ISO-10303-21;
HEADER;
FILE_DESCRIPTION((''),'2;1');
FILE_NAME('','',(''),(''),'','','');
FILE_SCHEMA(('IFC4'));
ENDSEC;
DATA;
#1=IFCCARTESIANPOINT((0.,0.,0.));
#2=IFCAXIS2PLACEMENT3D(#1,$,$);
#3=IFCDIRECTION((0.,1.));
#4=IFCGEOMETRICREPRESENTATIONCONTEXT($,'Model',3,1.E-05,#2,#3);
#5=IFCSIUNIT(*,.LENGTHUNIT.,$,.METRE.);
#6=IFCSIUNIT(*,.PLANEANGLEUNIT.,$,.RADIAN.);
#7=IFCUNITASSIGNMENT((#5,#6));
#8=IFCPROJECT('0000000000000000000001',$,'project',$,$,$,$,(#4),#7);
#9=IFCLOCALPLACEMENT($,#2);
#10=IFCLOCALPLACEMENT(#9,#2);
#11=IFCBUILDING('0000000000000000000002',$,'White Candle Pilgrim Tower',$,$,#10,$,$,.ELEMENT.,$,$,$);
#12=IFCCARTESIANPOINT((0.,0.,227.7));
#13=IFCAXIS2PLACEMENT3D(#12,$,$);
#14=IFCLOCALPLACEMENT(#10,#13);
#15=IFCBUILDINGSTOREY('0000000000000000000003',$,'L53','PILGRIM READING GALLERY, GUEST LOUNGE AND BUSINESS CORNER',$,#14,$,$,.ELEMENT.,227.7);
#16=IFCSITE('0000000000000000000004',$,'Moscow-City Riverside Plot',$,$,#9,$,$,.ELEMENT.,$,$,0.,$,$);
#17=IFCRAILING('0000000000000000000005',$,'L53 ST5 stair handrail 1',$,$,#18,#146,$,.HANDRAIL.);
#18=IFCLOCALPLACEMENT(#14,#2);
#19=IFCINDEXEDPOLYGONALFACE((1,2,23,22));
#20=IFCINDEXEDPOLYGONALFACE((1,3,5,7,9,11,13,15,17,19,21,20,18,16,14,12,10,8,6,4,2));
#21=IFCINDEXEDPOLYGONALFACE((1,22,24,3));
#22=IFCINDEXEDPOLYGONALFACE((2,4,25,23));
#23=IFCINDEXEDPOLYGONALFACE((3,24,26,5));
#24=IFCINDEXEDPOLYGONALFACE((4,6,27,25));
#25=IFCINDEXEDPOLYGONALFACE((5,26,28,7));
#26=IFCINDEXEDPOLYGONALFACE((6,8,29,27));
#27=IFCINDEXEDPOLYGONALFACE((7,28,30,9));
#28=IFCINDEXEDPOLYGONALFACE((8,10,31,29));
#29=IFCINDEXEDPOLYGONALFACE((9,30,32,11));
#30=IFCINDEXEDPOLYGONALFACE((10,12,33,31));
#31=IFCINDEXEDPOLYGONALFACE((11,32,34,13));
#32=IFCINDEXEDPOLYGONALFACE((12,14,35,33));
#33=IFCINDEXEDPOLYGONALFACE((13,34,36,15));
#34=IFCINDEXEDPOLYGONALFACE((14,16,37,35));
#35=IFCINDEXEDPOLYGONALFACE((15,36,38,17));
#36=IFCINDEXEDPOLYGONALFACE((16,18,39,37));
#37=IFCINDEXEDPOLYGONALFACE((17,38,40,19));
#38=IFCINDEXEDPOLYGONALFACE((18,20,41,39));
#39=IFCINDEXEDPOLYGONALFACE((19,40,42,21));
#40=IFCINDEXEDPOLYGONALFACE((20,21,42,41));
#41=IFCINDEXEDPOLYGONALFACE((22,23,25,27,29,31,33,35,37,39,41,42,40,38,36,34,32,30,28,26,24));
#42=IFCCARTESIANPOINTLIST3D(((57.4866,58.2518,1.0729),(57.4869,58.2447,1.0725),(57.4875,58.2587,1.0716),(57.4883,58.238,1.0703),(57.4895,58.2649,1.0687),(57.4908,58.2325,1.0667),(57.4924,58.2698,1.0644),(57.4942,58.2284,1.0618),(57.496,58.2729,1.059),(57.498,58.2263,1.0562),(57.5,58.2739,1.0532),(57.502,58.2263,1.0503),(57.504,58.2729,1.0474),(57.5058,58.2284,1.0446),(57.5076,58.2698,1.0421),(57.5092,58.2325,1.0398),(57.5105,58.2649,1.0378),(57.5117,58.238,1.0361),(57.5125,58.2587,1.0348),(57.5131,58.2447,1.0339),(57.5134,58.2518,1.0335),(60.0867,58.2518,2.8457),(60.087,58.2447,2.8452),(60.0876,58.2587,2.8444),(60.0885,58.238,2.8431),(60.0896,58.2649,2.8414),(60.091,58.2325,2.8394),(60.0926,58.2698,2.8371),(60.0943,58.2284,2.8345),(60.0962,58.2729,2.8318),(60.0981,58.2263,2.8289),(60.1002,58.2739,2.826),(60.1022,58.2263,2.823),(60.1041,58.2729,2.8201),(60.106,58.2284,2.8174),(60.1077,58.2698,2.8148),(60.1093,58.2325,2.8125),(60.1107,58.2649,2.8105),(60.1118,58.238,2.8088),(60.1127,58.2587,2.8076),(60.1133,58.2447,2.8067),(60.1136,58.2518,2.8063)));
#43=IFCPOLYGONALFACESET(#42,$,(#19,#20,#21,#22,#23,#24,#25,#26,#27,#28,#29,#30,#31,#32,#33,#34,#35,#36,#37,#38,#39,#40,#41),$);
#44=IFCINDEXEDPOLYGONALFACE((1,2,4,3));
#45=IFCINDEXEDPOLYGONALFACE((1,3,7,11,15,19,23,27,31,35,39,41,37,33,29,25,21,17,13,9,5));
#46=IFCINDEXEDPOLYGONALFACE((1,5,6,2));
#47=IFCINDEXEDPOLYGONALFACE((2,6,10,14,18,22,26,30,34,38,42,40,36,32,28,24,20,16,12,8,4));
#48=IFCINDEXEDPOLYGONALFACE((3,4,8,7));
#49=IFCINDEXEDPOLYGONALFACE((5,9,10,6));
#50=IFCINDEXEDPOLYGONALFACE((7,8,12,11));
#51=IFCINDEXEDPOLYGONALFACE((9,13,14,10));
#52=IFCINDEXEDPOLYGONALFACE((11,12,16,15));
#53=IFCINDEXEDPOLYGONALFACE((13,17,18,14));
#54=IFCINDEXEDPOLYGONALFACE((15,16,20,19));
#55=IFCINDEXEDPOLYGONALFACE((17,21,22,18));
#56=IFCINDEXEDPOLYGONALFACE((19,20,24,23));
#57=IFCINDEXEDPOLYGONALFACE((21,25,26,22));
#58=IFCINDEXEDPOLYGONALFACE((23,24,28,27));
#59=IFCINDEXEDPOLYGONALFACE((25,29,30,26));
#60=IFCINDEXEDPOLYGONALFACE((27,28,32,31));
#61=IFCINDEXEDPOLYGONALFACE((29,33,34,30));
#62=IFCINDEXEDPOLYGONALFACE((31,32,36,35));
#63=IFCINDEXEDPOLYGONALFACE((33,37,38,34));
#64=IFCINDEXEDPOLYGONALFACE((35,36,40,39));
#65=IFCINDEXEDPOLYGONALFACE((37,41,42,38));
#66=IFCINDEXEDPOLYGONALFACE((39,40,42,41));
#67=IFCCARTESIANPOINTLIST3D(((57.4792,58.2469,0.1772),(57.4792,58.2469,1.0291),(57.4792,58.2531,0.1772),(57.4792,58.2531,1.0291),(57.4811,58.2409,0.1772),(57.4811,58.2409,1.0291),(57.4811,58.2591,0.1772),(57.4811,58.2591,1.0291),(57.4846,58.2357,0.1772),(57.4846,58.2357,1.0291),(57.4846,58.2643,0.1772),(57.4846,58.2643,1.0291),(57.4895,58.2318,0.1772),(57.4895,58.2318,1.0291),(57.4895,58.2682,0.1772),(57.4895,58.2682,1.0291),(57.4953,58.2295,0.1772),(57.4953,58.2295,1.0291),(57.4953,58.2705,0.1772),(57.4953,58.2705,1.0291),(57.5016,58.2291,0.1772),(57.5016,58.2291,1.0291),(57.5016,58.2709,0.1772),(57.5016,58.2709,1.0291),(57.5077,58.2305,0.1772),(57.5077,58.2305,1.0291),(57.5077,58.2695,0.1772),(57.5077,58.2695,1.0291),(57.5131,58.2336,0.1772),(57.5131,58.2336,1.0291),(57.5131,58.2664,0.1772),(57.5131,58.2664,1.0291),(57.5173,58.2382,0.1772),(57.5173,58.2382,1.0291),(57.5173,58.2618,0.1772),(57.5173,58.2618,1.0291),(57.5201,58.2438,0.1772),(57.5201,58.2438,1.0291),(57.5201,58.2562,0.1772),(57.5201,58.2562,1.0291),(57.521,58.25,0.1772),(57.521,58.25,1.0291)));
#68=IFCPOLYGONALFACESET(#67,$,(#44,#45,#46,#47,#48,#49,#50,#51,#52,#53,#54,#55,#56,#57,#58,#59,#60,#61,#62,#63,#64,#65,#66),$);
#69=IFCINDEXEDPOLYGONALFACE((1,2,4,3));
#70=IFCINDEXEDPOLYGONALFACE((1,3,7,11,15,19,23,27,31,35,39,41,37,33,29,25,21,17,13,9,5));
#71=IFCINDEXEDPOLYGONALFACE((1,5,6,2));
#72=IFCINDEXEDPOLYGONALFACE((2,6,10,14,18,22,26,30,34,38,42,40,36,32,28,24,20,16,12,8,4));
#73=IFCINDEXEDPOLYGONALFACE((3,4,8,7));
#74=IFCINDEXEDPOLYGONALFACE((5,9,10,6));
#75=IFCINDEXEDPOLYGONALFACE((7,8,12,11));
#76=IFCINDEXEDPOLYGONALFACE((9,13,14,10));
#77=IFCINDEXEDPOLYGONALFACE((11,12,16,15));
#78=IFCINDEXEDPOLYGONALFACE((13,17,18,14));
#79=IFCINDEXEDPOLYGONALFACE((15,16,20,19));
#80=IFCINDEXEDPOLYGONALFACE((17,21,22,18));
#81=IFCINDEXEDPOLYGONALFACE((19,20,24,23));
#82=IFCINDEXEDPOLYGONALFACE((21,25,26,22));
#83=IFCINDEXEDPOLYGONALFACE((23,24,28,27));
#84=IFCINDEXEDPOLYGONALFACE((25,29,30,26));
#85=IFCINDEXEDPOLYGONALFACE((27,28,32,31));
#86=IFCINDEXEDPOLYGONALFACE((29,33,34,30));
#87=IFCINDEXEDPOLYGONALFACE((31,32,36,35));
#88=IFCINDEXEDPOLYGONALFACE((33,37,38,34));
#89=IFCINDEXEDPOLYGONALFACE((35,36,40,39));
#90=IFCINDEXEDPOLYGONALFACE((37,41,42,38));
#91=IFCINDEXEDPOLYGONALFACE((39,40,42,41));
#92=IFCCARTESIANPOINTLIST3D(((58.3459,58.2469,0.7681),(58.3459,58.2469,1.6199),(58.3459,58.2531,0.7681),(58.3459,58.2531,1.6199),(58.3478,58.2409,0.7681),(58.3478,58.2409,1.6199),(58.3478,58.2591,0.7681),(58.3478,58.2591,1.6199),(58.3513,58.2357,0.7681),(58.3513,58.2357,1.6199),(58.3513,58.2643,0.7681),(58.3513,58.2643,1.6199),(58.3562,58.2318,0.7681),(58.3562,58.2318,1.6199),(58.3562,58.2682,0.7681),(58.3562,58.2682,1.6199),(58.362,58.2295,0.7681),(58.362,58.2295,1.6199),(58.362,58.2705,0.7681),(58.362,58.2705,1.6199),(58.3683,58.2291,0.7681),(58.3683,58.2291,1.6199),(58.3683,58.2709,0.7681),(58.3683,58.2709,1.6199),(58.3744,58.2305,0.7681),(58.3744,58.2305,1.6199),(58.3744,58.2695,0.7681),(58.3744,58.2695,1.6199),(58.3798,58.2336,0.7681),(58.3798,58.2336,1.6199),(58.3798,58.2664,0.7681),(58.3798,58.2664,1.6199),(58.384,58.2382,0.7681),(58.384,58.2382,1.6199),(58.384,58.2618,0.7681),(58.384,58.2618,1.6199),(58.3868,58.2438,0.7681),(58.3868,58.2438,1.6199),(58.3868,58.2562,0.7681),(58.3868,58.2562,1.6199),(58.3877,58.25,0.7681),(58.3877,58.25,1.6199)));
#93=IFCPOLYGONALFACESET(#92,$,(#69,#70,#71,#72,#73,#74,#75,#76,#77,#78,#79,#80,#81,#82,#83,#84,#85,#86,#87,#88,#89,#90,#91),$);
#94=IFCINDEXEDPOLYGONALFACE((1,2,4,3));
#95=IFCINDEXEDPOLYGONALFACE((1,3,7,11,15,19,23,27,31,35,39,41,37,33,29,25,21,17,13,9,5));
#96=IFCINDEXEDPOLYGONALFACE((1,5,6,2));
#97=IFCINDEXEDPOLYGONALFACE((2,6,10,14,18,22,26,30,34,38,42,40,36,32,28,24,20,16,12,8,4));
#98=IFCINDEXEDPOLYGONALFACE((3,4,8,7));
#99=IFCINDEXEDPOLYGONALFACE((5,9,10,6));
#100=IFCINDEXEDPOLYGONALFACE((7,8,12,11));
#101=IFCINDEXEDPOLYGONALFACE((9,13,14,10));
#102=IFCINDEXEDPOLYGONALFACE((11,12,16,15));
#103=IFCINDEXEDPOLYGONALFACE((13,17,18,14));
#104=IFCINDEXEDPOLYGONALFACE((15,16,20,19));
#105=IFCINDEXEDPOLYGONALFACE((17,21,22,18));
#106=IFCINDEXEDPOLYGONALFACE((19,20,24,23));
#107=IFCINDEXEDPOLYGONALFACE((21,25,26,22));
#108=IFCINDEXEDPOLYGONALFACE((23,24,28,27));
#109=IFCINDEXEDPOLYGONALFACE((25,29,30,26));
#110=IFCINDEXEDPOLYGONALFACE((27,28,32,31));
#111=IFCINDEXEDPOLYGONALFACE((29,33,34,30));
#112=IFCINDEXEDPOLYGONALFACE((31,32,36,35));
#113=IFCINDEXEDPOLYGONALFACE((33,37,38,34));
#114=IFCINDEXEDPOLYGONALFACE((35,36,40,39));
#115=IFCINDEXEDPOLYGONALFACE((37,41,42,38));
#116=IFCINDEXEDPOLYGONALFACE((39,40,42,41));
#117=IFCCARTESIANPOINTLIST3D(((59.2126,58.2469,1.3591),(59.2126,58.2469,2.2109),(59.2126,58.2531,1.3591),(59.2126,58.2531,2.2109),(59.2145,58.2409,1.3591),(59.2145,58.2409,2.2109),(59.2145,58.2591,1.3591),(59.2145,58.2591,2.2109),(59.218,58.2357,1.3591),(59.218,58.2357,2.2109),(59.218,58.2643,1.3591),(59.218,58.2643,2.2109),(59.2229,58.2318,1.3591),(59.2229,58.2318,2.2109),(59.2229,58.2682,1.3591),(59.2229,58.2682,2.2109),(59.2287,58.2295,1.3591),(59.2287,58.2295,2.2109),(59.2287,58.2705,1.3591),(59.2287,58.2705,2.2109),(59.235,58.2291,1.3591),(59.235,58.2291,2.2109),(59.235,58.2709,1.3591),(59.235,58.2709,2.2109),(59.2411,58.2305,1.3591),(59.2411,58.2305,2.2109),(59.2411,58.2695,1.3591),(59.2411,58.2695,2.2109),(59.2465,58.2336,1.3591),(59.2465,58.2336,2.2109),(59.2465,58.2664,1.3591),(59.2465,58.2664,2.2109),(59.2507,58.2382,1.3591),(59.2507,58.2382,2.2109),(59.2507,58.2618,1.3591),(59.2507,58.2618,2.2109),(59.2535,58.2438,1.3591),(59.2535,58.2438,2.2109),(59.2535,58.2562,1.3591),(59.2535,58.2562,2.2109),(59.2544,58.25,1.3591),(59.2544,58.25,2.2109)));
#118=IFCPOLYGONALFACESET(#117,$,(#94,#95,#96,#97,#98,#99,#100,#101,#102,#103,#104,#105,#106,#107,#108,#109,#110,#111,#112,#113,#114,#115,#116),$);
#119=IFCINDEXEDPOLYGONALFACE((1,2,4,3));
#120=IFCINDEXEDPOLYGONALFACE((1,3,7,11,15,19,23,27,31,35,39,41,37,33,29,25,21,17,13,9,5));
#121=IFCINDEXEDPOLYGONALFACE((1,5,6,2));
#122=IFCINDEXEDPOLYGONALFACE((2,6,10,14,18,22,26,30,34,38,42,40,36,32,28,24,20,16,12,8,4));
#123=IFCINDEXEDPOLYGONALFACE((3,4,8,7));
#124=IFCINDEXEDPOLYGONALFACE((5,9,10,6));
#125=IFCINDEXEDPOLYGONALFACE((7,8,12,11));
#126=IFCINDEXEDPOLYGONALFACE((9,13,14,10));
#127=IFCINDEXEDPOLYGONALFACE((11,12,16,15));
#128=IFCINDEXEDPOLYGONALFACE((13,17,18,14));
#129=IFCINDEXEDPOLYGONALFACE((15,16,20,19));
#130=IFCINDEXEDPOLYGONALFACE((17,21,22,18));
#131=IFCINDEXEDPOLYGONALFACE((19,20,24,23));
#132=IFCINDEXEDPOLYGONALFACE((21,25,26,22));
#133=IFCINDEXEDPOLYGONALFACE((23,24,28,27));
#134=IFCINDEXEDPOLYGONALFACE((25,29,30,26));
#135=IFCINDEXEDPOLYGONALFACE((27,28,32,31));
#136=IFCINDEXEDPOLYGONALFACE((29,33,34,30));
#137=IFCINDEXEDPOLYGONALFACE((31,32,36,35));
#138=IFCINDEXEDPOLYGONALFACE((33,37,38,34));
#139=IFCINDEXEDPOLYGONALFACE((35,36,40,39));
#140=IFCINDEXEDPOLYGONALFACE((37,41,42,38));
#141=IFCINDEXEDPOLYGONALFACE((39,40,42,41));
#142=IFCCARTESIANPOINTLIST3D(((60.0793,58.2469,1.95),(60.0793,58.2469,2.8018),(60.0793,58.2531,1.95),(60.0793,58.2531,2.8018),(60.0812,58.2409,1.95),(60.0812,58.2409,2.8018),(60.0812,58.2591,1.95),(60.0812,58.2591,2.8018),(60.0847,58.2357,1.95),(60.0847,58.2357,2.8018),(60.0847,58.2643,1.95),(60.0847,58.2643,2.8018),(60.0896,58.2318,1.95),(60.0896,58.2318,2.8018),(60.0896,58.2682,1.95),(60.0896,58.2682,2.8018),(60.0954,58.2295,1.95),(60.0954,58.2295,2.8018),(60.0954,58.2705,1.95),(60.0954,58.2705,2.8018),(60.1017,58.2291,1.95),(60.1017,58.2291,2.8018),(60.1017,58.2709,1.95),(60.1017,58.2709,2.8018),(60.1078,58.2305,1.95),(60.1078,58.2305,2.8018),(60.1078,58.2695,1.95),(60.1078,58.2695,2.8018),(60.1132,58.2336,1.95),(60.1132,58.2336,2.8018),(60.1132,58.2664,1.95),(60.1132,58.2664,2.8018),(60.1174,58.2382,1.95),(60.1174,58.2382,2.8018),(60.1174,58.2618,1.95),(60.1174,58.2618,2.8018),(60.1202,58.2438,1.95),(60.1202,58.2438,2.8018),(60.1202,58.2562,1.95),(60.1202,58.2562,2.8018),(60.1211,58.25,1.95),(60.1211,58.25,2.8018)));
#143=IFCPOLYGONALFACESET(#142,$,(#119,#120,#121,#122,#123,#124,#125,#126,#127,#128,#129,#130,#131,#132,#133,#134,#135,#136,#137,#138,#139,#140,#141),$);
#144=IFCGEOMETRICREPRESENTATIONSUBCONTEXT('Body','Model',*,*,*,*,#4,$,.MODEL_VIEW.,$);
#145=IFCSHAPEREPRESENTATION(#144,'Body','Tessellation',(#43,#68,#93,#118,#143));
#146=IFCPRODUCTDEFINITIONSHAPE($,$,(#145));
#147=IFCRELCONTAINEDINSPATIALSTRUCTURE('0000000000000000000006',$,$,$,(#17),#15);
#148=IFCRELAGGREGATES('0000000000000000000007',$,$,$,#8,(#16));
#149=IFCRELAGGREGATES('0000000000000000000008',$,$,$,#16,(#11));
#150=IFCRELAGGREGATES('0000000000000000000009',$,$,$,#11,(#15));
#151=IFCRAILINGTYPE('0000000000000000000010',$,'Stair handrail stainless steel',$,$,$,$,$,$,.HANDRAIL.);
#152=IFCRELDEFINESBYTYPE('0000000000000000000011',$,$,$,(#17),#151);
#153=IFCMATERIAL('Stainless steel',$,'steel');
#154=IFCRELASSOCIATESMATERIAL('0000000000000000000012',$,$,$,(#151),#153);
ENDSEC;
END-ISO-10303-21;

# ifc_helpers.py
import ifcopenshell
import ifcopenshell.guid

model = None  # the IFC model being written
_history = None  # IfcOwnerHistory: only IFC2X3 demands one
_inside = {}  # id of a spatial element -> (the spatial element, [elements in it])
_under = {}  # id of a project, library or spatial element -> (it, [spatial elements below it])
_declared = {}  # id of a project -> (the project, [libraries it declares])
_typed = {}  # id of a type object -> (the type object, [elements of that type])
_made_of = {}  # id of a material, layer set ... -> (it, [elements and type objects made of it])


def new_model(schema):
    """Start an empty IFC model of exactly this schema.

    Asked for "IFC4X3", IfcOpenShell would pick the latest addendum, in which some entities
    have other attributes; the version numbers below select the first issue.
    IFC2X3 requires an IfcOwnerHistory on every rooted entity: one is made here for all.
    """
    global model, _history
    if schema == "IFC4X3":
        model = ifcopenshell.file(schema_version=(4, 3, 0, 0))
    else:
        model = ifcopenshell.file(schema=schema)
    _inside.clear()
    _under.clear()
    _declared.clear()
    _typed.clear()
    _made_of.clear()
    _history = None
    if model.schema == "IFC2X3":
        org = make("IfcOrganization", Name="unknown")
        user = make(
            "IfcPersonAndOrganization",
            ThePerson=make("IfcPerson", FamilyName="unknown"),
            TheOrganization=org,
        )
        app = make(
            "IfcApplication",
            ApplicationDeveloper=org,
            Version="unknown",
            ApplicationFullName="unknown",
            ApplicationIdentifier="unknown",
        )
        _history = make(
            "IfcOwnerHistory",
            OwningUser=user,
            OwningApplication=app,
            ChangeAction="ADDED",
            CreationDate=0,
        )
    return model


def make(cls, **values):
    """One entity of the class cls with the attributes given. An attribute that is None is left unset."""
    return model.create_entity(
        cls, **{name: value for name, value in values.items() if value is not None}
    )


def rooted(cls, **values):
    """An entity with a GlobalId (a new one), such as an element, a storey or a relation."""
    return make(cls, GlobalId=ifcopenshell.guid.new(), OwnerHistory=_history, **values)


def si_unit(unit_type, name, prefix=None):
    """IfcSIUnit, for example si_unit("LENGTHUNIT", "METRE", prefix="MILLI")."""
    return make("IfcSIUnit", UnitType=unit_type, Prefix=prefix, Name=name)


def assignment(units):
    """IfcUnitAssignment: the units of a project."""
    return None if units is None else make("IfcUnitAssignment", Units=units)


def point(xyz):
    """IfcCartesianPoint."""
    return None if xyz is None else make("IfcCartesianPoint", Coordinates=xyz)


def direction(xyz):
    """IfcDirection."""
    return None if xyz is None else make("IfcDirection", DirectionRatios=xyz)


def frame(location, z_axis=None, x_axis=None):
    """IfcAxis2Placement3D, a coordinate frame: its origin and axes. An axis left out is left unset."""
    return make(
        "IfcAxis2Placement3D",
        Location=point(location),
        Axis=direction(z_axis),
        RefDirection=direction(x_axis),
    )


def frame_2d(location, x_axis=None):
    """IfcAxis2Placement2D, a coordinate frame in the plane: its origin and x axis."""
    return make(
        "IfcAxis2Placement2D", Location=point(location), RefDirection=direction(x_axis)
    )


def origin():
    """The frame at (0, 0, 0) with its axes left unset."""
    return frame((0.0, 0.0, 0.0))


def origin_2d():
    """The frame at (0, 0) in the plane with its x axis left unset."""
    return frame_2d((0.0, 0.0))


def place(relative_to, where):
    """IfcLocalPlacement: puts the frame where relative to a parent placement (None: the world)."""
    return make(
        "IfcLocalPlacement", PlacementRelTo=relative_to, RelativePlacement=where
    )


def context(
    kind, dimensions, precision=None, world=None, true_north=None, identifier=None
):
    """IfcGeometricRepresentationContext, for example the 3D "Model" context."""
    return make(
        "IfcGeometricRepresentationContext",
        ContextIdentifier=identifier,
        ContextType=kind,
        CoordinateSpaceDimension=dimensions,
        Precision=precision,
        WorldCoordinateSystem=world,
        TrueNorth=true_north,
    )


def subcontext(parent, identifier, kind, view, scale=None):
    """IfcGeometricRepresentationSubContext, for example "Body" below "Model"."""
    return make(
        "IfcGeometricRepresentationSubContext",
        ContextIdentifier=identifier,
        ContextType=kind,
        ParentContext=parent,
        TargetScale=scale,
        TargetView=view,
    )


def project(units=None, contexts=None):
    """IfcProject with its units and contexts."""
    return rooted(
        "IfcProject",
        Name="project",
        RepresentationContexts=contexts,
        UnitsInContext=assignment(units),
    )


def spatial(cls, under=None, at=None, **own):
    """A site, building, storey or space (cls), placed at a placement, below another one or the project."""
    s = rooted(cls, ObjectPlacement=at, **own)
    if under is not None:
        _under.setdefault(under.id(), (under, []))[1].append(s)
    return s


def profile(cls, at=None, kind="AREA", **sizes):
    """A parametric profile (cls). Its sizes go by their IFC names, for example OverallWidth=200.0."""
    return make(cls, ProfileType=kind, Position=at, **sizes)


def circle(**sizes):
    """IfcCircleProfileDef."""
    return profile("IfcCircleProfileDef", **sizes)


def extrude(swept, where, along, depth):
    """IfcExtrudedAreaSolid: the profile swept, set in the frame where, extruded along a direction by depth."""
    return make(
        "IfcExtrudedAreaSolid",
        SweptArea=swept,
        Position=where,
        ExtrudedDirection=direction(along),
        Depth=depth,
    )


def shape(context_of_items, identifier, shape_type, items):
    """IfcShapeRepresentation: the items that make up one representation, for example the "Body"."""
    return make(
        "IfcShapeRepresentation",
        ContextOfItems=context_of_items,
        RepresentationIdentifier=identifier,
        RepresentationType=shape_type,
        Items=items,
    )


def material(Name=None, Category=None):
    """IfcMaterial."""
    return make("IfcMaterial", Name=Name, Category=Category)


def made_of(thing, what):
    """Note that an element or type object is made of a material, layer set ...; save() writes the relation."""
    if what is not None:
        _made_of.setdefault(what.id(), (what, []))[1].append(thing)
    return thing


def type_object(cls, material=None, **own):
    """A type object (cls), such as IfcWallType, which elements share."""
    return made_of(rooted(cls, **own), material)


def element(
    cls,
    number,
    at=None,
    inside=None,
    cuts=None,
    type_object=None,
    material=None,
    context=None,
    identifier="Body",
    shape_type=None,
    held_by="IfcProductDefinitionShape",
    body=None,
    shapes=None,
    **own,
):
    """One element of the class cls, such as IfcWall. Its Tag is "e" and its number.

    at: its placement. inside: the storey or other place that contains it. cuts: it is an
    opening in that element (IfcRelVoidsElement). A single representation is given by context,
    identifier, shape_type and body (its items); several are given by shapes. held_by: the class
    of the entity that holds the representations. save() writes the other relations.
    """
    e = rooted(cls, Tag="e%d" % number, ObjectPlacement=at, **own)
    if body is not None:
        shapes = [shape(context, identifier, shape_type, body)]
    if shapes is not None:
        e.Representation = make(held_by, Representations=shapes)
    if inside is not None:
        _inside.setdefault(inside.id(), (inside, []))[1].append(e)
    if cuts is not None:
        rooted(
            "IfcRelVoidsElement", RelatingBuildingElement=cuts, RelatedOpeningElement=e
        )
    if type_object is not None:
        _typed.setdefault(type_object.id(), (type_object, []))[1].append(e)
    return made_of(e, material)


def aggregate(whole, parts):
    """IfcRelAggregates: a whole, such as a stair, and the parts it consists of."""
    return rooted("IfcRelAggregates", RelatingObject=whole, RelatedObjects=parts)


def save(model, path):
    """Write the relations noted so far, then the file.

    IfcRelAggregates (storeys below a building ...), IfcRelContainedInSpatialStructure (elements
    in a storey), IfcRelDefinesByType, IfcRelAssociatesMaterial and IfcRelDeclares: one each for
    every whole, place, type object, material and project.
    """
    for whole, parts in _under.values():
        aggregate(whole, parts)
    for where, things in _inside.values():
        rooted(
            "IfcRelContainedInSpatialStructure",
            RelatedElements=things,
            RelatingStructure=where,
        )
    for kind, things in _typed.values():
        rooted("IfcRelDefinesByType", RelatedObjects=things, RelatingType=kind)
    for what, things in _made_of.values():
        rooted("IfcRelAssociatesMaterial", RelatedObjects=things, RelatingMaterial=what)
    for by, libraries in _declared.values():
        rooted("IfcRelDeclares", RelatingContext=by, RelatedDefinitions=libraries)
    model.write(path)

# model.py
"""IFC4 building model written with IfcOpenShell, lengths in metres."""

from ifc_helpers import new_model, si_unit, direction, frame, origin, origin_2d, place, context, subcontext, project, spatial, circle, extrude, material, type_object, element, save


model = new_model("IFC4")

# Units and contexts
model_context = context("Model", 3, precision=1e-05, world=origin(), true_north=direction((0.0, 1.0)))
body_context = subcontext(model_context, "Body", "Model", "MODEL_VIEW")
ifc_project = project(units=[si_unit("LENGTHUNIT", "METRE"), si_unit("PLANEANGLEUNIT", "RADIAN")], contexts=[model_context])

# Site, building, storey
site_placement = place(None, origin())
site = spatial("IfcSite", under=ifc_project, at=site_placement, Name="Moscow-City Riverside Plot", CompositionType="ELEMENT", RefElevation=0.0)
building_placement = place(site_placement, origin())
building = spatial("IfcBuilding", under=site, at=building_placement, Name="White Candle Pilgrim Tower", CompositionType="ELEMENT")
storey_placement = place(building_placement, frame((0.0, 0.0, 227.7)))
storey = spatial("IfcBuildingStorey", under=building, at=storey_placement, Name="L53", Description="PILGRIM READING GALLERY, GUEST LOUNGE AND BUSINESS CORNER", CompositionType="ELEMENT", Elevation=227.7)

# Railing
ifc_material_1 = material(Name="Stainless steel", Category="steel")
railing_type_1 = type_object("IfcRailingType", Name="Stair handrail stainless steel", PredefinedType="HANDRAIL", material=ifc_material_1)
railing_1_placement = place(storey_placement, frame((57.5, 58.25, 0.1772)))
element("IfcRailing", 1, at=railing_1_placement, inside=storey, type_object=railing_type_1, Name="L53 ST5 stair handrail 1", PredefinedType="HANDRAIL", context=body_context, shape_type="SweptSolid", body=[
    extrude(circle(Radius=0.0239, at=origin_2d()), frame((0.0, 0.0, 0.876), z_axis=(0.82624, 0.0, 0.563318), x_axis=(0.0, 1.0, 0.0)), (0.0, 0.0, 1.0), 3.147),
    extrude(circle(Radius=0.021, at=origin_2d()), origin(), (0.0, 0.0, 1.0), 0.8518),
    extrude(circle(Radius=0.021, at=origin_2d()), frame((0.8667, 0.0, 0.5908)), (0.0, 0.0, 1.0), 0.8518),
    extrude(circle(Radius=0.021, at=origin_2d()), frame((1.7334, 0.0, 1.1819)), (0.0, 0.0, 1.0), 0.8518),
    extrude(circle(Radius=0.021, at=origin_2d()), frame((2.6001, 0.0, 1.7727)), (0.0, 0.0, 1.0), 0.8518),
])

save(model, "model.ifc")
